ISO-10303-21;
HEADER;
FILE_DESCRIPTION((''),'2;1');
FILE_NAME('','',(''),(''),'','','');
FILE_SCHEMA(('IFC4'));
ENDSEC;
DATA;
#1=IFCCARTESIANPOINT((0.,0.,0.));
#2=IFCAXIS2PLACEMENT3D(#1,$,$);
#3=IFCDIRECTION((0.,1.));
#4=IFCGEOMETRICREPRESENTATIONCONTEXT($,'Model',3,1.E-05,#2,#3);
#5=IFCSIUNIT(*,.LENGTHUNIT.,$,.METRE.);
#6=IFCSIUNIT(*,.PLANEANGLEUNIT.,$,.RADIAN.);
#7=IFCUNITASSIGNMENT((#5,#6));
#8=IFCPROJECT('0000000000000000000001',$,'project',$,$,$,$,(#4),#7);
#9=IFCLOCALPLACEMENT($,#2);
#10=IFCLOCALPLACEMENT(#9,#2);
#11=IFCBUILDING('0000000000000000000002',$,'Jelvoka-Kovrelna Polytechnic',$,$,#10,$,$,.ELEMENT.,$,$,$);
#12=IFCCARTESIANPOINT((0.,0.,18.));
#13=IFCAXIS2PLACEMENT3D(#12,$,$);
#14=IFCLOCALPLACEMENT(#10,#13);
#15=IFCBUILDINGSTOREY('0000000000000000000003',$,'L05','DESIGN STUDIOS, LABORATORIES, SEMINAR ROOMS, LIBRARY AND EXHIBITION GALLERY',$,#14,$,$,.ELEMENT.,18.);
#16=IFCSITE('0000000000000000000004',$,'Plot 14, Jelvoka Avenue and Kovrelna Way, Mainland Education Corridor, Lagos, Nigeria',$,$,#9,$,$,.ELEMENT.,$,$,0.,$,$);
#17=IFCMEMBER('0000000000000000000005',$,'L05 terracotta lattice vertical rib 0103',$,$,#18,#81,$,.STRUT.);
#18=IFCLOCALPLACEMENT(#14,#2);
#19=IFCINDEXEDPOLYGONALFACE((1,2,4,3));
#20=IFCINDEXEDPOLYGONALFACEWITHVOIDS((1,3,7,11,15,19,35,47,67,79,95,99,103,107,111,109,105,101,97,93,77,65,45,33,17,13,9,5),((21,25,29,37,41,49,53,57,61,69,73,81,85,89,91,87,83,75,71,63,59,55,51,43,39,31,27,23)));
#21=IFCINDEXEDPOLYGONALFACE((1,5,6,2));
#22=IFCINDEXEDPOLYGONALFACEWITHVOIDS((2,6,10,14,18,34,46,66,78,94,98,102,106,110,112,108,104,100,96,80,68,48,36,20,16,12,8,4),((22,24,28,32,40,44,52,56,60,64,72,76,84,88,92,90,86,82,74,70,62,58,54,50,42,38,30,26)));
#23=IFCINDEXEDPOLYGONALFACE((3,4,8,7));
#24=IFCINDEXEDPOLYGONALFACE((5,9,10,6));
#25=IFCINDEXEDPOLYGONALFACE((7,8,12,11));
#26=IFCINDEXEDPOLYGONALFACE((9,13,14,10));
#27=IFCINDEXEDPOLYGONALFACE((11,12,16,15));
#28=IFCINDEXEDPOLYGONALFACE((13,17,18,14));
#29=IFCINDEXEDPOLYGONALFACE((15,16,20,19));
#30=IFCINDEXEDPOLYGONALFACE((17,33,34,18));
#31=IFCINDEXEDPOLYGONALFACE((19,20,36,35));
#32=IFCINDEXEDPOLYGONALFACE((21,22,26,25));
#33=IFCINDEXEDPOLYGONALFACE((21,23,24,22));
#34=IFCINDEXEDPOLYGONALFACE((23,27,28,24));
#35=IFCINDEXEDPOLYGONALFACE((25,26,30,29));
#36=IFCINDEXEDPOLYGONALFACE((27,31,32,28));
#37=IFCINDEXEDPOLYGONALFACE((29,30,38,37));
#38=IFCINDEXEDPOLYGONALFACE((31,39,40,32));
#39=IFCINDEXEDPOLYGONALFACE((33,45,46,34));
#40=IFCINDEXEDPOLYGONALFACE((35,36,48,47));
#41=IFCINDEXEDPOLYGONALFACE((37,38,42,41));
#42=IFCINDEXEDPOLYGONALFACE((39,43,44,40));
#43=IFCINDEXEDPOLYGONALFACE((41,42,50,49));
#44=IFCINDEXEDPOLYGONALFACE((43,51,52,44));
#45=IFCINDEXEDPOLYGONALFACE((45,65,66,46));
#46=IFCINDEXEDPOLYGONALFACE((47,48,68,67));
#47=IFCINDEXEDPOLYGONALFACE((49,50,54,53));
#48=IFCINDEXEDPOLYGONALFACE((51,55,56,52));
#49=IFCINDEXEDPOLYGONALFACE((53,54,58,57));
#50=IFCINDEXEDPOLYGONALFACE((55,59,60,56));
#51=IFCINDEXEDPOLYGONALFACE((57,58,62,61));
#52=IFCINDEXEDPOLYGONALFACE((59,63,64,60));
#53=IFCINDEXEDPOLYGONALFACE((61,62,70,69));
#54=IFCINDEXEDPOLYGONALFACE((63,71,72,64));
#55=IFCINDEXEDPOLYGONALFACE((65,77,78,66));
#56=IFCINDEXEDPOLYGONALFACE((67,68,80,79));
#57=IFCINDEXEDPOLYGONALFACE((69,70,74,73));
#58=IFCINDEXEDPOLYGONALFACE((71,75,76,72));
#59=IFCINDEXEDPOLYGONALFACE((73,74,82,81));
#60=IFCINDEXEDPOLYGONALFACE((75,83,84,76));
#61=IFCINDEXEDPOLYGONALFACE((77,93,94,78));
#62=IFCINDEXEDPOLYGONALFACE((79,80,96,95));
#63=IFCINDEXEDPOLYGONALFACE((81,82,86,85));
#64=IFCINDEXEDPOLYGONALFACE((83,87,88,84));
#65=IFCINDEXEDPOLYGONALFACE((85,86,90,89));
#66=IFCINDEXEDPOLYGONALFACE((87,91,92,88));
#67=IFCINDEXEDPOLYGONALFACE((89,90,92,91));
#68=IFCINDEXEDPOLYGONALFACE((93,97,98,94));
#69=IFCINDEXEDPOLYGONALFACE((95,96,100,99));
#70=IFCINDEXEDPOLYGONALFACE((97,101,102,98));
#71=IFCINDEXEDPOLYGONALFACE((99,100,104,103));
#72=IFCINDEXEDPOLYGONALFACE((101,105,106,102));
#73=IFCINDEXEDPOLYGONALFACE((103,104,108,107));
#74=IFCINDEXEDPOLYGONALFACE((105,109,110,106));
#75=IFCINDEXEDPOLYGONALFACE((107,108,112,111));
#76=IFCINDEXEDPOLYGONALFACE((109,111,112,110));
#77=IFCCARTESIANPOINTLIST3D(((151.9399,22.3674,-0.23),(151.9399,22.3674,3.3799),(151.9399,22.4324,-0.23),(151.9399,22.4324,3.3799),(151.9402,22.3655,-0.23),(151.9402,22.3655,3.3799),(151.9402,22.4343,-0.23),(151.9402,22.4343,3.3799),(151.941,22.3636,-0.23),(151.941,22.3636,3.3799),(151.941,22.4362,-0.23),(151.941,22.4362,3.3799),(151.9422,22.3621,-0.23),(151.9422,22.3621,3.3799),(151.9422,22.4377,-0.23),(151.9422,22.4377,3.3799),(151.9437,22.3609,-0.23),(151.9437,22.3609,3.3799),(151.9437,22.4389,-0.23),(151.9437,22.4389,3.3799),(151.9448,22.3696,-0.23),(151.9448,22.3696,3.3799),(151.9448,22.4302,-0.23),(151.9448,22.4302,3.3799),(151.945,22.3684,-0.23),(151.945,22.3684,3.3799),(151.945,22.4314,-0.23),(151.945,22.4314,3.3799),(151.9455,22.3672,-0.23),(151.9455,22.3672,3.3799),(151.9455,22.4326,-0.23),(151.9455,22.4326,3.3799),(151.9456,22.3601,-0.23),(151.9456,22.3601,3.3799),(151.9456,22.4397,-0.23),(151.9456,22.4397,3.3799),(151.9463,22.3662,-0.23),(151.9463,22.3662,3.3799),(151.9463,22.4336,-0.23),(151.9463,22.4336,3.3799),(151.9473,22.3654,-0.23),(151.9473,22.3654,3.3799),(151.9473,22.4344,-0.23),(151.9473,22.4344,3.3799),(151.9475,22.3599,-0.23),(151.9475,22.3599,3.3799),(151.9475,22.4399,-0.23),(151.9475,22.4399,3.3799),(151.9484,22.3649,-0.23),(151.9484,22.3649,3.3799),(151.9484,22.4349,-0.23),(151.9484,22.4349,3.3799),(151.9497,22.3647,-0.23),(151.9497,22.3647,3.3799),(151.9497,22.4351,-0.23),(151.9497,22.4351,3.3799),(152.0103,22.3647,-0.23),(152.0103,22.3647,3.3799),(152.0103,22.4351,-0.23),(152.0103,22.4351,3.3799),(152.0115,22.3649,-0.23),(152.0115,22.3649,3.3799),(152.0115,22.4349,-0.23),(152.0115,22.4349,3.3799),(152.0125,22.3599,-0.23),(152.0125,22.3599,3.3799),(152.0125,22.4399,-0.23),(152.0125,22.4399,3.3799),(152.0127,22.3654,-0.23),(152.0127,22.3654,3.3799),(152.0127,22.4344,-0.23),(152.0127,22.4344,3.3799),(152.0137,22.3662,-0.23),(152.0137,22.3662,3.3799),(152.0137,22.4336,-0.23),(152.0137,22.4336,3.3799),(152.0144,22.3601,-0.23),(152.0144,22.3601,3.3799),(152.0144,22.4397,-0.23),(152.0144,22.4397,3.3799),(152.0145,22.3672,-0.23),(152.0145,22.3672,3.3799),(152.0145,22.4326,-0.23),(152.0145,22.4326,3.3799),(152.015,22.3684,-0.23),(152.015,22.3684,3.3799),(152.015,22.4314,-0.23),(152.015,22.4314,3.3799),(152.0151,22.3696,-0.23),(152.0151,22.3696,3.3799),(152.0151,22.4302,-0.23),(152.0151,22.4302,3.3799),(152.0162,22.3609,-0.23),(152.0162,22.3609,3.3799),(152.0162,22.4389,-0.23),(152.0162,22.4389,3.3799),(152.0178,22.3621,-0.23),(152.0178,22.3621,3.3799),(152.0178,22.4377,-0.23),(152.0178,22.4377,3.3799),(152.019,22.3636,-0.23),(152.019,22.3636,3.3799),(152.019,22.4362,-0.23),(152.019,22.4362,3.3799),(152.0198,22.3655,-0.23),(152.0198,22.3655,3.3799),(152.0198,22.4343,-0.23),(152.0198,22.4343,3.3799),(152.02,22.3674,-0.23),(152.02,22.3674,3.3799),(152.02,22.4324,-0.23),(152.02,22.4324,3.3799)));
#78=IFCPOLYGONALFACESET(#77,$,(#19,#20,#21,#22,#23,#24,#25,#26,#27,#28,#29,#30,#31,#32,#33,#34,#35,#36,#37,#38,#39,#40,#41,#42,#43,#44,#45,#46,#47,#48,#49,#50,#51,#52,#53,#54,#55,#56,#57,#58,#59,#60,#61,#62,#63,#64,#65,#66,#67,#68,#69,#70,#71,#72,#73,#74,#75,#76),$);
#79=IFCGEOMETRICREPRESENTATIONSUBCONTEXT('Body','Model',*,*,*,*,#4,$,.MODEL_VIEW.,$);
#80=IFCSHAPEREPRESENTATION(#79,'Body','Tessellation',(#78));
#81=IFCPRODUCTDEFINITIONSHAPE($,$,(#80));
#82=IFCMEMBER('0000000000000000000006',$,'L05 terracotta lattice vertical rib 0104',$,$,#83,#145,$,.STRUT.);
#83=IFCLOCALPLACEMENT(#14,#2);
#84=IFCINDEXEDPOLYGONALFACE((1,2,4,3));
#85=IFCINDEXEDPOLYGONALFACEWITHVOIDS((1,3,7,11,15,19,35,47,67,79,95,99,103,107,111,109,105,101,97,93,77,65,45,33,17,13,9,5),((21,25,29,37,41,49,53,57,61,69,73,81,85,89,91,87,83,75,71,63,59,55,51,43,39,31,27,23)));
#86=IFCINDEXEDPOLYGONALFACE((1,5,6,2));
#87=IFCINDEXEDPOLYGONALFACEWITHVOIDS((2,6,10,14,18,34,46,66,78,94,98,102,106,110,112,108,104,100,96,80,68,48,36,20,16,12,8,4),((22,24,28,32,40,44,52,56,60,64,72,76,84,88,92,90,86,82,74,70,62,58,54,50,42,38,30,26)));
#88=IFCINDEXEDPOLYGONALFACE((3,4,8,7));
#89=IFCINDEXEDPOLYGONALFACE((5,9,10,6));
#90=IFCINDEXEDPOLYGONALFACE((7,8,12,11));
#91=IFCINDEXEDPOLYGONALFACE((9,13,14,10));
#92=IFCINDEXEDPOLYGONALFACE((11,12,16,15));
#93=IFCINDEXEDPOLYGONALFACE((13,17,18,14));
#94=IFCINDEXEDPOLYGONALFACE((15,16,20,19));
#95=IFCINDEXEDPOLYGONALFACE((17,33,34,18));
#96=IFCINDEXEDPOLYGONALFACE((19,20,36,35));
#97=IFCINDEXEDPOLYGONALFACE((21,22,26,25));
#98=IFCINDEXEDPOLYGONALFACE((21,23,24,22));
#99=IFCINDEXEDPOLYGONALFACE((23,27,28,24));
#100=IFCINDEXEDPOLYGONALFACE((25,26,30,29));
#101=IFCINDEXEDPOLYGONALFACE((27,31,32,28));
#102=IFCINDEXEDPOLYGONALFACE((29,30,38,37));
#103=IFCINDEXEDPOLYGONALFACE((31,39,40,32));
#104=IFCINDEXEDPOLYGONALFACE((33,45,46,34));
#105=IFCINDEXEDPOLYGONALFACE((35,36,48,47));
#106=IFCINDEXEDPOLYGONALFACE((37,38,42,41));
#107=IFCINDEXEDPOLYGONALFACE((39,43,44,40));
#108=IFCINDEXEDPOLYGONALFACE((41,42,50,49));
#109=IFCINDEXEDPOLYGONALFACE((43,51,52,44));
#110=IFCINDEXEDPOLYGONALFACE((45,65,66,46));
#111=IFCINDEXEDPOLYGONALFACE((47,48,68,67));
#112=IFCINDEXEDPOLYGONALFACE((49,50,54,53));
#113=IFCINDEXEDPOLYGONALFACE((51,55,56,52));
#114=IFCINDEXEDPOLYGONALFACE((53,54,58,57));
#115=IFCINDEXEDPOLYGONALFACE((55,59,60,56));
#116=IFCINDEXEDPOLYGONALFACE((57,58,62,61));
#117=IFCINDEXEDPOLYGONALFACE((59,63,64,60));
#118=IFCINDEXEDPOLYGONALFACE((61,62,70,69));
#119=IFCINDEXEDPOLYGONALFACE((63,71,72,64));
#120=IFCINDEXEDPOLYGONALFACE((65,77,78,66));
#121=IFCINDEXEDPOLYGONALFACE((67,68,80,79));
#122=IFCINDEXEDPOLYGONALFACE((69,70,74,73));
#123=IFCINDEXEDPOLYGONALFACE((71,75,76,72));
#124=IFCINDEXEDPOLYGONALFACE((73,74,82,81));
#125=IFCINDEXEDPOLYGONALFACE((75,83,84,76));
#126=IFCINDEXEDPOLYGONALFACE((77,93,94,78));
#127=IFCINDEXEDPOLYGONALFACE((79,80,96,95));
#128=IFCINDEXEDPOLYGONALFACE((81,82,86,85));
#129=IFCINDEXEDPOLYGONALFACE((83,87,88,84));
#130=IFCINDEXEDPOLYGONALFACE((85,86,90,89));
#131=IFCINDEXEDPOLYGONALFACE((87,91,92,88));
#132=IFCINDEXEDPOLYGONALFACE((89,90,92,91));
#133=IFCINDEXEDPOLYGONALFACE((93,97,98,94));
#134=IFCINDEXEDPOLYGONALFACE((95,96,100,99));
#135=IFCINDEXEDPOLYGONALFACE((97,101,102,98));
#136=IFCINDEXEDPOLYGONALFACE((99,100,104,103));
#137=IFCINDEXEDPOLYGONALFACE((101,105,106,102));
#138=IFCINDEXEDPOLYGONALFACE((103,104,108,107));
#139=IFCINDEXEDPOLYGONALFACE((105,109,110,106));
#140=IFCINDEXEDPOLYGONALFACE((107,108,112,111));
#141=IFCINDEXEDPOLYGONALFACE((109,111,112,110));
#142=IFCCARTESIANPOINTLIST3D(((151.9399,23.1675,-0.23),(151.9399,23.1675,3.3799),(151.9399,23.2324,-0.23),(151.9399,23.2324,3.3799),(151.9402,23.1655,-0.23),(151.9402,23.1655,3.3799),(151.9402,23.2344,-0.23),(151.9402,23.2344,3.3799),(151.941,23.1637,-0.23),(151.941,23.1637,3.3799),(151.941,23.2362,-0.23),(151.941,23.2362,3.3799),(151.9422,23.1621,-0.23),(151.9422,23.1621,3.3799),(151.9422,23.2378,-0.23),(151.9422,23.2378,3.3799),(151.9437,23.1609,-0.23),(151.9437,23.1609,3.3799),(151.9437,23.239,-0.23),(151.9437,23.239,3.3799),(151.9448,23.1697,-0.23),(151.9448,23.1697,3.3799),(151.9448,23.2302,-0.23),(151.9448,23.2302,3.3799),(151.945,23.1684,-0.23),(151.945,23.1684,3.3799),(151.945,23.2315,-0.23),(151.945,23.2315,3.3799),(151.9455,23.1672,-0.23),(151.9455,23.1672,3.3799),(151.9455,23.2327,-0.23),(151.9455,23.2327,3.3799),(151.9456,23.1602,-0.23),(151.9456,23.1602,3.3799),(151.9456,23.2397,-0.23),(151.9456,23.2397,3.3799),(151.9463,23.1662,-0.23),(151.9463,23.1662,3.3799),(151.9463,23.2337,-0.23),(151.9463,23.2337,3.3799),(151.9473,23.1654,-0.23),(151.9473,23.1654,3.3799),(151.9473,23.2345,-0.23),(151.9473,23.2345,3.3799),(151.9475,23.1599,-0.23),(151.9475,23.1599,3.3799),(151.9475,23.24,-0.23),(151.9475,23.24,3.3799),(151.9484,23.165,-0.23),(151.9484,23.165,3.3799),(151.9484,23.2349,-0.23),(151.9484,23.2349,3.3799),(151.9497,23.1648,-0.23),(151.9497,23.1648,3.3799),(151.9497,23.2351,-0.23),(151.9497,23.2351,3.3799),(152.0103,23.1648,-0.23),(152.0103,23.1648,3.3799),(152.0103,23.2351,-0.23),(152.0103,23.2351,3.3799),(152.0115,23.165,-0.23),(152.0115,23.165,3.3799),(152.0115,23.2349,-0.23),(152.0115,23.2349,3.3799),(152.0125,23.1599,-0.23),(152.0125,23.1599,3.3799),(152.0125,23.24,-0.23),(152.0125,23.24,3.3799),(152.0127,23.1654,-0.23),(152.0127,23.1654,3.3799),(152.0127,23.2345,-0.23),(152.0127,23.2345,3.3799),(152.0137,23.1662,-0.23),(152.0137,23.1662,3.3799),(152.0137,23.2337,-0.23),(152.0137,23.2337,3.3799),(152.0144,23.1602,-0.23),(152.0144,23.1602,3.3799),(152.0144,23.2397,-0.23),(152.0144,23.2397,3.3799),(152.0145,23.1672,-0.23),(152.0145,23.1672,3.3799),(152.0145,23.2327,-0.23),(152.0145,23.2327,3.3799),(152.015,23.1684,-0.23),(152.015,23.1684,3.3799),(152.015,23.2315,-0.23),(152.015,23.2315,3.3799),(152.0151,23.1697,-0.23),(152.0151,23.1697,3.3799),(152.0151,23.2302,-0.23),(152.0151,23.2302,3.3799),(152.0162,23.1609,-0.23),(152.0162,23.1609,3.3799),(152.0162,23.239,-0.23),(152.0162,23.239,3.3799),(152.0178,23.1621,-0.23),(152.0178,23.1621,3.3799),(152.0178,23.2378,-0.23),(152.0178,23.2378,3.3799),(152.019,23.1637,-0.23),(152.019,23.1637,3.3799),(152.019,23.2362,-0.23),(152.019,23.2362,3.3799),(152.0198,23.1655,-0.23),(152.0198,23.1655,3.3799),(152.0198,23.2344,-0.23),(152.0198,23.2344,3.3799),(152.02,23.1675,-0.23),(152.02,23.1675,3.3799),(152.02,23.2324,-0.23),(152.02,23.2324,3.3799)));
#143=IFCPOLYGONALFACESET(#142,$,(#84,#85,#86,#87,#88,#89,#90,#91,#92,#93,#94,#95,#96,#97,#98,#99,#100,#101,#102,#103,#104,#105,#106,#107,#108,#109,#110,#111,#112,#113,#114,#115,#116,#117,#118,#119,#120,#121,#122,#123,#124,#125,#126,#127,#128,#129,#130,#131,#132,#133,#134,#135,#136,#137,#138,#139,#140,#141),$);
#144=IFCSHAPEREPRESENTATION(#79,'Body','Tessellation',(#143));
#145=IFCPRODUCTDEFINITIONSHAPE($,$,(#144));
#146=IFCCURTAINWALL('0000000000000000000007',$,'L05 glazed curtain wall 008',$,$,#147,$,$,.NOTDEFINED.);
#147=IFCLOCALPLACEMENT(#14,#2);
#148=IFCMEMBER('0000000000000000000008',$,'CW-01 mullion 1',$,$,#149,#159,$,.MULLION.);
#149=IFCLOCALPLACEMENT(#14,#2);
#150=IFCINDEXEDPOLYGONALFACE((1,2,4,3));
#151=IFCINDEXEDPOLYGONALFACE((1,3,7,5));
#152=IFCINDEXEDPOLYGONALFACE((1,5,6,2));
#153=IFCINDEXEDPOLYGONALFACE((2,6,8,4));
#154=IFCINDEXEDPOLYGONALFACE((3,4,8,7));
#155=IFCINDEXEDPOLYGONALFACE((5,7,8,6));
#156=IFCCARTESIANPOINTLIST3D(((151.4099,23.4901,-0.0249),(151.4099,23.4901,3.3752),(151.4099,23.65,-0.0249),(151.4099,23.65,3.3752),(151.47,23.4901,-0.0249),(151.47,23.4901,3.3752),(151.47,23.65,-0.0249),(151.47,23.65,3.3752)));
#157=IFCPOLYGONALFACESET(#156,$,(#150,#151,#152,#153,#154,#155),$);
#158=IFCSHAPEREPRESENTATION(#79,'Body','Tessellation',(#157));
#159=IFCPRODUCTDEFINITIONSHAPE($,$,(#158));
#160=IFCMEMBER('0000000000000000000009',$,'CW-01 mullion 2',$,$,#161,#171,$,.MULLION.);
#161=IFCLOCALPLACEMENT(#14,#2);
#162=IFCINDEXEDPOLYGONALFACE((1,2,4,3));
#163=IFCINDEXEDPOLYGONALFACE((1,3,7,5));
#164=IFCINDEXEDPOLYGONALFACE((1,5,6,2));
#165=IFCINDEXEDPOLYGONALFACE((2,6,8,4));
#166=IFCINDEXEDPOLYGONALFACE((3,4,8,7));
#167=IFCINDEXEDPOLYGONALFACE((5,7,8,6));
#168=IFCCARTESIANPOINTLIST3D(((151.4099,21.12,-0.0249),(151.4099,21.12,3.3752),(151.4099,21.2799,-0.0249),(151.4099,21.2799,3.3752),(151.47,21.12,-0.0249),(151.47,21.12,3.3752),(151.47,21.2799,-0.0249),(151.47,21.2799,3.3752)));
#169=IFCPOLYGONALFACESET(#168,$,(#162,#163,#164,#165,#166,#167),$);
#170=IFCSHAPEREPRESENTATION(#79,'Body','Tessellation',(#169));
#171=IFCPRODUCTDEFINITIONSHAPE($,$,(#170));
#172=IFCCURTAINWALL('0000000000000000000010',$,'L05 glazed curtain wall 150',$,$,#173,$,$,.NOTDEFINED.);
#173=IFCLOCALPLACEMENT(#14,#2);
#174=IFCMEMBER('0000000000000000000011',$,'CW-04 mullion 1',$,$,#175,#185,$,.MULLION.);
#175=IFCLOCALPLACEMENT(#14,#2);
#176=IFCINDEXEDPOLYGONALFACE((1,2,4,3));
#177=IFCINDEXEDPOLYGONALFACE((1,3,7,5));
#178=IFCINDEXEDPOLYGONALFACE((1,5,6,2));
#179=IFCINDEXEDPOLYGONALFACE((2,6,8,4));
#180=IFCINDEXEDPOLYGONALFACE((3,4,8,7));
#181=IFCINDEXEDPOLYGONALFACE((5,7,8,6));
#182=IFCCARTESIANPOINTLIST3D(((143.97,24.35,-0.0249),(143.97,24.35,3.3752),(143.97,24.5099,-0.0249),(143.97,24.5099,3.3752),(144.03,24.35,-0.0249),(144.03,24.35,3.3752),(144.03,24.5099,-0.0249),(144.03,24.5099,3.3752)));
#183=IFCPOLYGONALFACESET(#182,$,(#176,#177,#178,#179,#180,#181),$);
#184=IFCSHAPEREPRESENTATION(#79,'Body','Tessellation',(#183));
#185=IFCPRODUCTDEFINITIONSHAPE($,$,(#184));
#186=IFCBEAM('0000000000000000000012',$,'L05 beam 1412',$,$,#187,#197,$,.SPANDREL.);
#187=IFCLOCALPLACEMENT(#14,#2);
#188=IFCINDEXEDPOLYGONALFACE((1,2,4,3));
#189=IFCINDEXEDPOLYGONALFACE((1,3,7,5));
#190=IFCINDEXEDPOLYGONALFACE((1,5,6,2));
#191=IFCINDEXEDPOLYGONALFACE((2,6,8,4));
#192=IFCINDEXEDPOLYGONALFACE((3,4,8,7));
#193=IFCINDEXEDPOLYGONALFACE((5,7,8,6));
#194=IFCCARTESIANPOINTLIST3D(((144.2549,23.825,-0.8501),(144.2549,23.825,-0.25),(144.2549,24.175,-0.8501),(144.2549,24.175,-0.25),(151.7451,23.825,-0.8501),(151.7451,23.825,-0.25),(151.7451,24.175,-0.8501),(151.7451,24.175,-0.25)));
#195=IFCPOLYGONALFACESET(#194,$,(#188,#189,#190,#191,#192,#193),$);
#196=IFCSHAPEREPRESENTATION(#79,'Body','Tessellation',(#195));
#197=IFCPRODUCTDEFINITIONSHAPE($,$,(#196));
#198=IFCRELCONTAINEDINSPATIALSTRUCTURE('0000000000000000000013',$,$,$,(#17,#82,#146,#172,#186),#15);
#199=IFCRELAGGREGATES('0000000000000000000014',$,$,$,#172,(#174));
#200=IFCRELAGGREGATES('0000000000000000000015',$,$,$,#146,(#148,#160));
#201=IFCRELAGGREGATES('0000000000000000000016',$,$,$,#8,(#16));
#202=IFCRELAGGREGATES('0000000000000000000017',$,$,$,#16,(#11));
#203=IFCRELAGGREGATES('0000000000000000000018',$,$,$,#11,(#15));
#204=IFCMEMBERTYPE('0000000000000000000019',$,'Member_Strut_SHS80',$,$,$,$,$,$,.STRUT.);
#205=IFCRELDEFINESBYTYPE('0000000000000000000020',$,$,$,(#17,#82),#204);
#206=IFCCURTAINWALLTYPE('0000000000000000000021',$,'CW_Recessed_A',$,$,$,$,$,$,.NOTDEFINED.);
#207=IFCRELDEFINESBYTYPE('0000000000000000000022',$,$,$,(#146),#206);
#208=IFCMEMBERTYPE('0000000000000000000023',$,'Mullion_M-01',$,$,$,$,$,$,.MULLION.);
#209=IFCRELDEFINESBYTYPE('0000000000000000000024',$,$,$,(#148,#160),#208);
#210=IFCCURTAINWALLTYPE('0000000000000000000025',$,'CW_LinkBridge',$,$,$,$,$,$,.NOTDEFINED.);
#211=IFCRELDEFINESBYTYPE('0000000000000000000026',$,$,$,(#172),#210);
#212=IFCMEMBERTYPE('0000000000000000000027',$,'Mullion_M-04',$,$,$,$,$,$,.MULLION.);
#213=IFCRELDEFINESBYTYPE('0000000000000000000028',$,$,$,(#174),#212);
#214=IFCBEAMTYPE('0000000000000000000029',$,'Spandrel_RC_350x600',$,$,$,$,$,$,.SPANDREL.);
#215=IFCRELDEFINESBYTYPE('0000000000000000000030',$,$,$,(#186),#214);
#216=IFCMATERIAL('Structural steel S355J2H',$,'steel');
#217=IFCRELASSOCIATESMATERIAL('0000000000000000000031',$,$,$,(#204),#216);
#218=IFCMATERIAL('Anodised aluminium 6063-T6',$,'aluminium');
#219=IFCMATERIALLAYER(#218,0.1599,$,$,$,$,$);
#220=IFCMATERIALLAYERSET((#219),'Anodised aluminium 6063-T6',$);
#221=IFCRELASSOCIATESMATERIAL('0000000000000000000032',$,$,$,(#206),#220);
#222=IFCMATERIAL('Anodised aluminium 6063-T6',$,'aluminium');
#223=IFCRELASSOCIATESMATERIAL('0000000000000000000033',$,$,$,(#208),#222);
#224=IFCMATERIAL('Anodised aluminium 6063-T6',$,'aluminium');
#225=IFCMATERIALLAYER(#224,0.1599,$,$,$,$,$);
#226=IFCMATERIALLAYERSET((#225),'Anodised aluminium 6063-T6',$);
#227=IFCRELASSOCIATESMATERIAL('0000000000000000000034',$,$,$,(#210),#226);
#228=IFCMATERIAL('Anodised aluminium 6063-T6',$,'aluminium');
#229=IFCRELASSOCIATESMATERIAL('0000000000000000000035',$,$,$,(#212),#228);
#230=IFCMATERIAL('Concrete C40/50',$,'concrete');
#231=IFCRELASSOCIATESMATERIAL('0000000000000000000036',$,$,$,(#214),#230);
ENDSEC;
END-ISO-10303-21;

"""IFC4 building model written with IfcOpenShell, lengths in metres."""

from ifc_helpers import new_model, si_unit, direction, frame, origin, origin_2d, place, context, subcontext, project, spatial, rectangle, hollow_rectangle, extrude, material, layer, layer_set, material_profile, profile_set, type_object, element, aggregate, save


model = new_model("IFC4")

# Units and contexts
model_context = context("Model", 3, precision=1e-05, world=origin(), true_north=direction((0.0, 1.0)))
body_context = subcontext(model_context, "Body", "Model", "MODEL_VIEW")
ifc_project = project(units=[si_unit("LENGTHUNIT", "METRE"), si_unit("PLANEANGLEUNIT", "RADIAN")], contexts=[model_context])

# Site, building, storey
site_placement = place(None, origin())
site = spatial("IfcSite", under=ifc_project, at=site_placement, Name="Plot 14, Jelvoka Avenue and Kovrelna Way, Mainland Education Corridor, Lagos, Nigeria", CompositionType="ELEMENT", RefElevation=0.0)
building_placement = place(site_placement, origin())
building = spatial("IfcBuilding", under=site, at=building_placement, Name="Jelvoka-Kovrelna Polytechnic", CompositionType="ELEMENT")
storey_placement = place(building_placement, frame((0.0, 0.0, 18.0)))
storey = spatial("IfcBuildingStorey", under=building, at=storey_placement, Name="L05", Description="DESIGN STUDIOS, LABORATORIES, SEMINAR ROOMS, LIBRARY AND EXHIBITION GALLERY", CompositionType="ELEMENT", Elevation=18.0)

# Members
ifc_material_1 = material(Name="Structural steel S355J2H", Category="steel")
ifc_material_profile_1 = material_profile(ifc_material_1, hollow_rectangle(XDim=0.0801, YDim=0.0801, WallThickness=0.0049, InnerFilletRadius=0.0049, OuterFilletRadius=0.0076, at=origin_2d()), Name="80x80x5.0 SHS")
ifc_profile_set_1 = profile_set([ifc_material_profile_1], Name="Structural steel S355J2H")
member_type_1 = type_object("IfcMemberType", Name="Member_Strut_SHS80", PredefinedType="STRUT", material=ifc_profile_set_1)
for number, where, z_axis, x_axis, name in (
    (1, (151.98, 22.3999, -0.23), (0.0, 0.0, 1.0), (1.0, 0.0, 0.0), "L05 terracotta lattice vertical rib 0103"),
    (2, (151.98, 23.2, -0.23), (0.0, 0.0, 1.0), (1.0, 0.0, 0.0), "L05 terracotta lattice vertical rib 0104"),
):
    element("IfcMember", number, at=place(storey_placement, frame(where, z_axis=z_axis, x_axis=x_axis)), inside=storey, type_object=member_type_1, Name=name, PredefinedType="STRUT", context=body_context, shape_type="SweptSolid", body=[
        extrude(hollow_rectangle(XDim=0.0801, YDim=0.0801, WallThickness=0.0049, InnerFilletRadius=0.0049, OuterFilletRadius=0.0076, at=origin_2d()), origin(), (0.0, 0.0, 1.0), 3.6099),
    ])

# Curtain wall, members
ifc_material_2 = material(Name="Anodised aluminium 6063-T6", Category="aluminium")
ifc_layer_1 = layer(ifc_material_2, 0.1599)
ifc_layer_set_1 = layer_set([ifc_layer_1], Name="Anodised aluminium 6063-T6")
curtain_wall_type_1 = type_object("IfcCurtainWallType", Name="CW_Recessed_A", PredefinedType="NOTDEFINED", material=ifc_layer_set_1)
curtain_wall_1_placement = place(storey_placement, origin())
curtain_wall_1 = element("IfcCurtainWall", 3, at=curtain_wall_1_placement, inside=storey, type_object=curtain_wall_type_1, Name="L05 glazed curtain wall 008", PredefinedType="NOTDEFINED")
ifc_material_3 = material(Name="Anodised aluminium 6063-T6", Category="aluminium")
ifc_material_profile_2 = material_profile(ifc_material_3, rectangle(XDim=0.0601, YDim=0.1599, at=origin_2d()), Name="ALU 60x160")
ifc_profile_set_2 = profile_set([ifc_material_profile_2], Name="Anodised aluminium 6063-T6")
member_type_2 = type_object("IfcMemberType", Name="Mullion_M-01", PredefinedType="MULLION", material=ifc_profile_set_2)
member_1_placement = place(storey_placement, frame((151.4399, 23.5701, -0.0249), z_axis=(0.0, 0.0, 1.0), x_axis=(1.0, 0.0, 0.0)))
member_1 = element("IfcMember", 4, at=member_1_placement, type_object=member_type_2, Name="CW-01 mullion 1", PredefinedType="MULLION", context=body_context, shape_type="SweptSolid", body=[
    extrude(rectangle(XDim=0.0601, YDim=0.1599, at=origin_2d()), origin(), (0.0, 0.0, 1.0), 3.4001),
])
member_2_placement = place(storey_placement, frame((151.4399, 21.2, -0.0249), z_axis=(0.0, 0.0, 1.0), x_axis=(1.0, 0.0, 0.0)))
member_2 = element("IfcMember", 5, at=member_2_placement, type_object=member_type_2, Name="CW-01 mullion 2", PredefinedType="MULLION", context=body_context, shape_type="SweptSolid", body=[
    extrude(rectangle(XDim=0.0601, YDim=0.1599, at=origin_2d()), origin(), (0.0, 0.0, 1.0), 3.4001),
])

# Curtain wall, member
ifc_material_4 = material(Name="Anodised aluminium 6063-T6", Category="aluminium")
ifc_layer_2 = layer(ifc_material_4, 0.1599)
ifc_layer_set_2 = layer_set([ifc_layer_2], Name="Anodised aluminium 6063-T6")
curtain_wall_type_2 = type_object("IfcCurtainWallType", Name="CW_LinkBridge", PredefinedType="NOTDEFINED", material=ifc_layer_set_2)
curtain_wall_2_placement = place(storey_placement, origin())
curtain_wall_2 = element("IfcCurtainWall", 6, at=curtain_wall_2_placement, inside=storey, type_object=curtain_wall_type_2, Name="L05 glazed curtain wall 150", PredefinedType="NOTDEFINED")
ifc_material_5 = material(Name="Anodised aluminium 6063-T6", Category="aluminium")
ifc_material_profile_3 = material_profile(ifc_material_5, rectangle(XDim=0.0601, YDim=0.1599, at=origin_2d()), Name="ALU 60x160")
ifc_profile_set_3 = profile_set([ifc_material_profile_3], Name="Anodised aluminium 6063-T6")
member_type_3 = type_object("IfcMemberType", Name="Mullion_M-04", PredefinedType="MULLION", material=ifc_profile_set_3)
member_3_placement = place(storey_placement, frame((144.0, 24.4299, -0.0249), z_axis=(0.0, 0.0, 1.0), x_axis=(-1.0, 0.0, 0.0)))
member_3 = element("IfcMember", 7, at=member_3_placement, type_object=member_type_3, Name="CW-04 mullion 1", PredefinedType="MULLION", context=body_context, shape_type="SweptSolid", body=[
    extrude(rectangle(XDim=0.0601, YDim=0.1599, at=origin_2d()), origin(), (0.0, 0.0, 1.0), 3.4001),
])

# Beam
ifc_material_6 = material(Name="Concrete C40/50", Category="concrete")
ifc_material_profile_4 = material_profile(ifc_material_6, rectangle(XDim=0.3501, YDim=0.6001, at=origin_2d()), Name="RC 350x600")
ifc_profile_set_4 = profile_set([ifc_material_profile_4], Name="Concrete C40/50")
beam_type_1 = type_object("IfcBeamType", Name="Spandrel_RC_350x600", PredefinedType="SPANDREL", material=ifc_profile_set_4)
beam_placement = place(storey_placement, frame((144.2549, 24.0, -0.55), z_axis=(1.0, 0.0, 0.0), x_axis=(0.0, 1.0, 0.0)))
element("IfcBeam", 8, at=beam_placement, inside=storey, type_object=beam_type_1, Name="L05 beam 1412", PredefinedType="SPANDREL", context=body_context, shape_type="SweptSolid", body=[
    extrude(rectangle(XDim=0.3501, YDim=0.6001, at=origin_2d()), origin(), (0.0, 0.0, 1.0), 7.4902),
])

aggregate(curtain_wall_2, [member_3])

aggregate(curtain_wall_1, [member_1, member_2])

save(model, "model.ifc")
